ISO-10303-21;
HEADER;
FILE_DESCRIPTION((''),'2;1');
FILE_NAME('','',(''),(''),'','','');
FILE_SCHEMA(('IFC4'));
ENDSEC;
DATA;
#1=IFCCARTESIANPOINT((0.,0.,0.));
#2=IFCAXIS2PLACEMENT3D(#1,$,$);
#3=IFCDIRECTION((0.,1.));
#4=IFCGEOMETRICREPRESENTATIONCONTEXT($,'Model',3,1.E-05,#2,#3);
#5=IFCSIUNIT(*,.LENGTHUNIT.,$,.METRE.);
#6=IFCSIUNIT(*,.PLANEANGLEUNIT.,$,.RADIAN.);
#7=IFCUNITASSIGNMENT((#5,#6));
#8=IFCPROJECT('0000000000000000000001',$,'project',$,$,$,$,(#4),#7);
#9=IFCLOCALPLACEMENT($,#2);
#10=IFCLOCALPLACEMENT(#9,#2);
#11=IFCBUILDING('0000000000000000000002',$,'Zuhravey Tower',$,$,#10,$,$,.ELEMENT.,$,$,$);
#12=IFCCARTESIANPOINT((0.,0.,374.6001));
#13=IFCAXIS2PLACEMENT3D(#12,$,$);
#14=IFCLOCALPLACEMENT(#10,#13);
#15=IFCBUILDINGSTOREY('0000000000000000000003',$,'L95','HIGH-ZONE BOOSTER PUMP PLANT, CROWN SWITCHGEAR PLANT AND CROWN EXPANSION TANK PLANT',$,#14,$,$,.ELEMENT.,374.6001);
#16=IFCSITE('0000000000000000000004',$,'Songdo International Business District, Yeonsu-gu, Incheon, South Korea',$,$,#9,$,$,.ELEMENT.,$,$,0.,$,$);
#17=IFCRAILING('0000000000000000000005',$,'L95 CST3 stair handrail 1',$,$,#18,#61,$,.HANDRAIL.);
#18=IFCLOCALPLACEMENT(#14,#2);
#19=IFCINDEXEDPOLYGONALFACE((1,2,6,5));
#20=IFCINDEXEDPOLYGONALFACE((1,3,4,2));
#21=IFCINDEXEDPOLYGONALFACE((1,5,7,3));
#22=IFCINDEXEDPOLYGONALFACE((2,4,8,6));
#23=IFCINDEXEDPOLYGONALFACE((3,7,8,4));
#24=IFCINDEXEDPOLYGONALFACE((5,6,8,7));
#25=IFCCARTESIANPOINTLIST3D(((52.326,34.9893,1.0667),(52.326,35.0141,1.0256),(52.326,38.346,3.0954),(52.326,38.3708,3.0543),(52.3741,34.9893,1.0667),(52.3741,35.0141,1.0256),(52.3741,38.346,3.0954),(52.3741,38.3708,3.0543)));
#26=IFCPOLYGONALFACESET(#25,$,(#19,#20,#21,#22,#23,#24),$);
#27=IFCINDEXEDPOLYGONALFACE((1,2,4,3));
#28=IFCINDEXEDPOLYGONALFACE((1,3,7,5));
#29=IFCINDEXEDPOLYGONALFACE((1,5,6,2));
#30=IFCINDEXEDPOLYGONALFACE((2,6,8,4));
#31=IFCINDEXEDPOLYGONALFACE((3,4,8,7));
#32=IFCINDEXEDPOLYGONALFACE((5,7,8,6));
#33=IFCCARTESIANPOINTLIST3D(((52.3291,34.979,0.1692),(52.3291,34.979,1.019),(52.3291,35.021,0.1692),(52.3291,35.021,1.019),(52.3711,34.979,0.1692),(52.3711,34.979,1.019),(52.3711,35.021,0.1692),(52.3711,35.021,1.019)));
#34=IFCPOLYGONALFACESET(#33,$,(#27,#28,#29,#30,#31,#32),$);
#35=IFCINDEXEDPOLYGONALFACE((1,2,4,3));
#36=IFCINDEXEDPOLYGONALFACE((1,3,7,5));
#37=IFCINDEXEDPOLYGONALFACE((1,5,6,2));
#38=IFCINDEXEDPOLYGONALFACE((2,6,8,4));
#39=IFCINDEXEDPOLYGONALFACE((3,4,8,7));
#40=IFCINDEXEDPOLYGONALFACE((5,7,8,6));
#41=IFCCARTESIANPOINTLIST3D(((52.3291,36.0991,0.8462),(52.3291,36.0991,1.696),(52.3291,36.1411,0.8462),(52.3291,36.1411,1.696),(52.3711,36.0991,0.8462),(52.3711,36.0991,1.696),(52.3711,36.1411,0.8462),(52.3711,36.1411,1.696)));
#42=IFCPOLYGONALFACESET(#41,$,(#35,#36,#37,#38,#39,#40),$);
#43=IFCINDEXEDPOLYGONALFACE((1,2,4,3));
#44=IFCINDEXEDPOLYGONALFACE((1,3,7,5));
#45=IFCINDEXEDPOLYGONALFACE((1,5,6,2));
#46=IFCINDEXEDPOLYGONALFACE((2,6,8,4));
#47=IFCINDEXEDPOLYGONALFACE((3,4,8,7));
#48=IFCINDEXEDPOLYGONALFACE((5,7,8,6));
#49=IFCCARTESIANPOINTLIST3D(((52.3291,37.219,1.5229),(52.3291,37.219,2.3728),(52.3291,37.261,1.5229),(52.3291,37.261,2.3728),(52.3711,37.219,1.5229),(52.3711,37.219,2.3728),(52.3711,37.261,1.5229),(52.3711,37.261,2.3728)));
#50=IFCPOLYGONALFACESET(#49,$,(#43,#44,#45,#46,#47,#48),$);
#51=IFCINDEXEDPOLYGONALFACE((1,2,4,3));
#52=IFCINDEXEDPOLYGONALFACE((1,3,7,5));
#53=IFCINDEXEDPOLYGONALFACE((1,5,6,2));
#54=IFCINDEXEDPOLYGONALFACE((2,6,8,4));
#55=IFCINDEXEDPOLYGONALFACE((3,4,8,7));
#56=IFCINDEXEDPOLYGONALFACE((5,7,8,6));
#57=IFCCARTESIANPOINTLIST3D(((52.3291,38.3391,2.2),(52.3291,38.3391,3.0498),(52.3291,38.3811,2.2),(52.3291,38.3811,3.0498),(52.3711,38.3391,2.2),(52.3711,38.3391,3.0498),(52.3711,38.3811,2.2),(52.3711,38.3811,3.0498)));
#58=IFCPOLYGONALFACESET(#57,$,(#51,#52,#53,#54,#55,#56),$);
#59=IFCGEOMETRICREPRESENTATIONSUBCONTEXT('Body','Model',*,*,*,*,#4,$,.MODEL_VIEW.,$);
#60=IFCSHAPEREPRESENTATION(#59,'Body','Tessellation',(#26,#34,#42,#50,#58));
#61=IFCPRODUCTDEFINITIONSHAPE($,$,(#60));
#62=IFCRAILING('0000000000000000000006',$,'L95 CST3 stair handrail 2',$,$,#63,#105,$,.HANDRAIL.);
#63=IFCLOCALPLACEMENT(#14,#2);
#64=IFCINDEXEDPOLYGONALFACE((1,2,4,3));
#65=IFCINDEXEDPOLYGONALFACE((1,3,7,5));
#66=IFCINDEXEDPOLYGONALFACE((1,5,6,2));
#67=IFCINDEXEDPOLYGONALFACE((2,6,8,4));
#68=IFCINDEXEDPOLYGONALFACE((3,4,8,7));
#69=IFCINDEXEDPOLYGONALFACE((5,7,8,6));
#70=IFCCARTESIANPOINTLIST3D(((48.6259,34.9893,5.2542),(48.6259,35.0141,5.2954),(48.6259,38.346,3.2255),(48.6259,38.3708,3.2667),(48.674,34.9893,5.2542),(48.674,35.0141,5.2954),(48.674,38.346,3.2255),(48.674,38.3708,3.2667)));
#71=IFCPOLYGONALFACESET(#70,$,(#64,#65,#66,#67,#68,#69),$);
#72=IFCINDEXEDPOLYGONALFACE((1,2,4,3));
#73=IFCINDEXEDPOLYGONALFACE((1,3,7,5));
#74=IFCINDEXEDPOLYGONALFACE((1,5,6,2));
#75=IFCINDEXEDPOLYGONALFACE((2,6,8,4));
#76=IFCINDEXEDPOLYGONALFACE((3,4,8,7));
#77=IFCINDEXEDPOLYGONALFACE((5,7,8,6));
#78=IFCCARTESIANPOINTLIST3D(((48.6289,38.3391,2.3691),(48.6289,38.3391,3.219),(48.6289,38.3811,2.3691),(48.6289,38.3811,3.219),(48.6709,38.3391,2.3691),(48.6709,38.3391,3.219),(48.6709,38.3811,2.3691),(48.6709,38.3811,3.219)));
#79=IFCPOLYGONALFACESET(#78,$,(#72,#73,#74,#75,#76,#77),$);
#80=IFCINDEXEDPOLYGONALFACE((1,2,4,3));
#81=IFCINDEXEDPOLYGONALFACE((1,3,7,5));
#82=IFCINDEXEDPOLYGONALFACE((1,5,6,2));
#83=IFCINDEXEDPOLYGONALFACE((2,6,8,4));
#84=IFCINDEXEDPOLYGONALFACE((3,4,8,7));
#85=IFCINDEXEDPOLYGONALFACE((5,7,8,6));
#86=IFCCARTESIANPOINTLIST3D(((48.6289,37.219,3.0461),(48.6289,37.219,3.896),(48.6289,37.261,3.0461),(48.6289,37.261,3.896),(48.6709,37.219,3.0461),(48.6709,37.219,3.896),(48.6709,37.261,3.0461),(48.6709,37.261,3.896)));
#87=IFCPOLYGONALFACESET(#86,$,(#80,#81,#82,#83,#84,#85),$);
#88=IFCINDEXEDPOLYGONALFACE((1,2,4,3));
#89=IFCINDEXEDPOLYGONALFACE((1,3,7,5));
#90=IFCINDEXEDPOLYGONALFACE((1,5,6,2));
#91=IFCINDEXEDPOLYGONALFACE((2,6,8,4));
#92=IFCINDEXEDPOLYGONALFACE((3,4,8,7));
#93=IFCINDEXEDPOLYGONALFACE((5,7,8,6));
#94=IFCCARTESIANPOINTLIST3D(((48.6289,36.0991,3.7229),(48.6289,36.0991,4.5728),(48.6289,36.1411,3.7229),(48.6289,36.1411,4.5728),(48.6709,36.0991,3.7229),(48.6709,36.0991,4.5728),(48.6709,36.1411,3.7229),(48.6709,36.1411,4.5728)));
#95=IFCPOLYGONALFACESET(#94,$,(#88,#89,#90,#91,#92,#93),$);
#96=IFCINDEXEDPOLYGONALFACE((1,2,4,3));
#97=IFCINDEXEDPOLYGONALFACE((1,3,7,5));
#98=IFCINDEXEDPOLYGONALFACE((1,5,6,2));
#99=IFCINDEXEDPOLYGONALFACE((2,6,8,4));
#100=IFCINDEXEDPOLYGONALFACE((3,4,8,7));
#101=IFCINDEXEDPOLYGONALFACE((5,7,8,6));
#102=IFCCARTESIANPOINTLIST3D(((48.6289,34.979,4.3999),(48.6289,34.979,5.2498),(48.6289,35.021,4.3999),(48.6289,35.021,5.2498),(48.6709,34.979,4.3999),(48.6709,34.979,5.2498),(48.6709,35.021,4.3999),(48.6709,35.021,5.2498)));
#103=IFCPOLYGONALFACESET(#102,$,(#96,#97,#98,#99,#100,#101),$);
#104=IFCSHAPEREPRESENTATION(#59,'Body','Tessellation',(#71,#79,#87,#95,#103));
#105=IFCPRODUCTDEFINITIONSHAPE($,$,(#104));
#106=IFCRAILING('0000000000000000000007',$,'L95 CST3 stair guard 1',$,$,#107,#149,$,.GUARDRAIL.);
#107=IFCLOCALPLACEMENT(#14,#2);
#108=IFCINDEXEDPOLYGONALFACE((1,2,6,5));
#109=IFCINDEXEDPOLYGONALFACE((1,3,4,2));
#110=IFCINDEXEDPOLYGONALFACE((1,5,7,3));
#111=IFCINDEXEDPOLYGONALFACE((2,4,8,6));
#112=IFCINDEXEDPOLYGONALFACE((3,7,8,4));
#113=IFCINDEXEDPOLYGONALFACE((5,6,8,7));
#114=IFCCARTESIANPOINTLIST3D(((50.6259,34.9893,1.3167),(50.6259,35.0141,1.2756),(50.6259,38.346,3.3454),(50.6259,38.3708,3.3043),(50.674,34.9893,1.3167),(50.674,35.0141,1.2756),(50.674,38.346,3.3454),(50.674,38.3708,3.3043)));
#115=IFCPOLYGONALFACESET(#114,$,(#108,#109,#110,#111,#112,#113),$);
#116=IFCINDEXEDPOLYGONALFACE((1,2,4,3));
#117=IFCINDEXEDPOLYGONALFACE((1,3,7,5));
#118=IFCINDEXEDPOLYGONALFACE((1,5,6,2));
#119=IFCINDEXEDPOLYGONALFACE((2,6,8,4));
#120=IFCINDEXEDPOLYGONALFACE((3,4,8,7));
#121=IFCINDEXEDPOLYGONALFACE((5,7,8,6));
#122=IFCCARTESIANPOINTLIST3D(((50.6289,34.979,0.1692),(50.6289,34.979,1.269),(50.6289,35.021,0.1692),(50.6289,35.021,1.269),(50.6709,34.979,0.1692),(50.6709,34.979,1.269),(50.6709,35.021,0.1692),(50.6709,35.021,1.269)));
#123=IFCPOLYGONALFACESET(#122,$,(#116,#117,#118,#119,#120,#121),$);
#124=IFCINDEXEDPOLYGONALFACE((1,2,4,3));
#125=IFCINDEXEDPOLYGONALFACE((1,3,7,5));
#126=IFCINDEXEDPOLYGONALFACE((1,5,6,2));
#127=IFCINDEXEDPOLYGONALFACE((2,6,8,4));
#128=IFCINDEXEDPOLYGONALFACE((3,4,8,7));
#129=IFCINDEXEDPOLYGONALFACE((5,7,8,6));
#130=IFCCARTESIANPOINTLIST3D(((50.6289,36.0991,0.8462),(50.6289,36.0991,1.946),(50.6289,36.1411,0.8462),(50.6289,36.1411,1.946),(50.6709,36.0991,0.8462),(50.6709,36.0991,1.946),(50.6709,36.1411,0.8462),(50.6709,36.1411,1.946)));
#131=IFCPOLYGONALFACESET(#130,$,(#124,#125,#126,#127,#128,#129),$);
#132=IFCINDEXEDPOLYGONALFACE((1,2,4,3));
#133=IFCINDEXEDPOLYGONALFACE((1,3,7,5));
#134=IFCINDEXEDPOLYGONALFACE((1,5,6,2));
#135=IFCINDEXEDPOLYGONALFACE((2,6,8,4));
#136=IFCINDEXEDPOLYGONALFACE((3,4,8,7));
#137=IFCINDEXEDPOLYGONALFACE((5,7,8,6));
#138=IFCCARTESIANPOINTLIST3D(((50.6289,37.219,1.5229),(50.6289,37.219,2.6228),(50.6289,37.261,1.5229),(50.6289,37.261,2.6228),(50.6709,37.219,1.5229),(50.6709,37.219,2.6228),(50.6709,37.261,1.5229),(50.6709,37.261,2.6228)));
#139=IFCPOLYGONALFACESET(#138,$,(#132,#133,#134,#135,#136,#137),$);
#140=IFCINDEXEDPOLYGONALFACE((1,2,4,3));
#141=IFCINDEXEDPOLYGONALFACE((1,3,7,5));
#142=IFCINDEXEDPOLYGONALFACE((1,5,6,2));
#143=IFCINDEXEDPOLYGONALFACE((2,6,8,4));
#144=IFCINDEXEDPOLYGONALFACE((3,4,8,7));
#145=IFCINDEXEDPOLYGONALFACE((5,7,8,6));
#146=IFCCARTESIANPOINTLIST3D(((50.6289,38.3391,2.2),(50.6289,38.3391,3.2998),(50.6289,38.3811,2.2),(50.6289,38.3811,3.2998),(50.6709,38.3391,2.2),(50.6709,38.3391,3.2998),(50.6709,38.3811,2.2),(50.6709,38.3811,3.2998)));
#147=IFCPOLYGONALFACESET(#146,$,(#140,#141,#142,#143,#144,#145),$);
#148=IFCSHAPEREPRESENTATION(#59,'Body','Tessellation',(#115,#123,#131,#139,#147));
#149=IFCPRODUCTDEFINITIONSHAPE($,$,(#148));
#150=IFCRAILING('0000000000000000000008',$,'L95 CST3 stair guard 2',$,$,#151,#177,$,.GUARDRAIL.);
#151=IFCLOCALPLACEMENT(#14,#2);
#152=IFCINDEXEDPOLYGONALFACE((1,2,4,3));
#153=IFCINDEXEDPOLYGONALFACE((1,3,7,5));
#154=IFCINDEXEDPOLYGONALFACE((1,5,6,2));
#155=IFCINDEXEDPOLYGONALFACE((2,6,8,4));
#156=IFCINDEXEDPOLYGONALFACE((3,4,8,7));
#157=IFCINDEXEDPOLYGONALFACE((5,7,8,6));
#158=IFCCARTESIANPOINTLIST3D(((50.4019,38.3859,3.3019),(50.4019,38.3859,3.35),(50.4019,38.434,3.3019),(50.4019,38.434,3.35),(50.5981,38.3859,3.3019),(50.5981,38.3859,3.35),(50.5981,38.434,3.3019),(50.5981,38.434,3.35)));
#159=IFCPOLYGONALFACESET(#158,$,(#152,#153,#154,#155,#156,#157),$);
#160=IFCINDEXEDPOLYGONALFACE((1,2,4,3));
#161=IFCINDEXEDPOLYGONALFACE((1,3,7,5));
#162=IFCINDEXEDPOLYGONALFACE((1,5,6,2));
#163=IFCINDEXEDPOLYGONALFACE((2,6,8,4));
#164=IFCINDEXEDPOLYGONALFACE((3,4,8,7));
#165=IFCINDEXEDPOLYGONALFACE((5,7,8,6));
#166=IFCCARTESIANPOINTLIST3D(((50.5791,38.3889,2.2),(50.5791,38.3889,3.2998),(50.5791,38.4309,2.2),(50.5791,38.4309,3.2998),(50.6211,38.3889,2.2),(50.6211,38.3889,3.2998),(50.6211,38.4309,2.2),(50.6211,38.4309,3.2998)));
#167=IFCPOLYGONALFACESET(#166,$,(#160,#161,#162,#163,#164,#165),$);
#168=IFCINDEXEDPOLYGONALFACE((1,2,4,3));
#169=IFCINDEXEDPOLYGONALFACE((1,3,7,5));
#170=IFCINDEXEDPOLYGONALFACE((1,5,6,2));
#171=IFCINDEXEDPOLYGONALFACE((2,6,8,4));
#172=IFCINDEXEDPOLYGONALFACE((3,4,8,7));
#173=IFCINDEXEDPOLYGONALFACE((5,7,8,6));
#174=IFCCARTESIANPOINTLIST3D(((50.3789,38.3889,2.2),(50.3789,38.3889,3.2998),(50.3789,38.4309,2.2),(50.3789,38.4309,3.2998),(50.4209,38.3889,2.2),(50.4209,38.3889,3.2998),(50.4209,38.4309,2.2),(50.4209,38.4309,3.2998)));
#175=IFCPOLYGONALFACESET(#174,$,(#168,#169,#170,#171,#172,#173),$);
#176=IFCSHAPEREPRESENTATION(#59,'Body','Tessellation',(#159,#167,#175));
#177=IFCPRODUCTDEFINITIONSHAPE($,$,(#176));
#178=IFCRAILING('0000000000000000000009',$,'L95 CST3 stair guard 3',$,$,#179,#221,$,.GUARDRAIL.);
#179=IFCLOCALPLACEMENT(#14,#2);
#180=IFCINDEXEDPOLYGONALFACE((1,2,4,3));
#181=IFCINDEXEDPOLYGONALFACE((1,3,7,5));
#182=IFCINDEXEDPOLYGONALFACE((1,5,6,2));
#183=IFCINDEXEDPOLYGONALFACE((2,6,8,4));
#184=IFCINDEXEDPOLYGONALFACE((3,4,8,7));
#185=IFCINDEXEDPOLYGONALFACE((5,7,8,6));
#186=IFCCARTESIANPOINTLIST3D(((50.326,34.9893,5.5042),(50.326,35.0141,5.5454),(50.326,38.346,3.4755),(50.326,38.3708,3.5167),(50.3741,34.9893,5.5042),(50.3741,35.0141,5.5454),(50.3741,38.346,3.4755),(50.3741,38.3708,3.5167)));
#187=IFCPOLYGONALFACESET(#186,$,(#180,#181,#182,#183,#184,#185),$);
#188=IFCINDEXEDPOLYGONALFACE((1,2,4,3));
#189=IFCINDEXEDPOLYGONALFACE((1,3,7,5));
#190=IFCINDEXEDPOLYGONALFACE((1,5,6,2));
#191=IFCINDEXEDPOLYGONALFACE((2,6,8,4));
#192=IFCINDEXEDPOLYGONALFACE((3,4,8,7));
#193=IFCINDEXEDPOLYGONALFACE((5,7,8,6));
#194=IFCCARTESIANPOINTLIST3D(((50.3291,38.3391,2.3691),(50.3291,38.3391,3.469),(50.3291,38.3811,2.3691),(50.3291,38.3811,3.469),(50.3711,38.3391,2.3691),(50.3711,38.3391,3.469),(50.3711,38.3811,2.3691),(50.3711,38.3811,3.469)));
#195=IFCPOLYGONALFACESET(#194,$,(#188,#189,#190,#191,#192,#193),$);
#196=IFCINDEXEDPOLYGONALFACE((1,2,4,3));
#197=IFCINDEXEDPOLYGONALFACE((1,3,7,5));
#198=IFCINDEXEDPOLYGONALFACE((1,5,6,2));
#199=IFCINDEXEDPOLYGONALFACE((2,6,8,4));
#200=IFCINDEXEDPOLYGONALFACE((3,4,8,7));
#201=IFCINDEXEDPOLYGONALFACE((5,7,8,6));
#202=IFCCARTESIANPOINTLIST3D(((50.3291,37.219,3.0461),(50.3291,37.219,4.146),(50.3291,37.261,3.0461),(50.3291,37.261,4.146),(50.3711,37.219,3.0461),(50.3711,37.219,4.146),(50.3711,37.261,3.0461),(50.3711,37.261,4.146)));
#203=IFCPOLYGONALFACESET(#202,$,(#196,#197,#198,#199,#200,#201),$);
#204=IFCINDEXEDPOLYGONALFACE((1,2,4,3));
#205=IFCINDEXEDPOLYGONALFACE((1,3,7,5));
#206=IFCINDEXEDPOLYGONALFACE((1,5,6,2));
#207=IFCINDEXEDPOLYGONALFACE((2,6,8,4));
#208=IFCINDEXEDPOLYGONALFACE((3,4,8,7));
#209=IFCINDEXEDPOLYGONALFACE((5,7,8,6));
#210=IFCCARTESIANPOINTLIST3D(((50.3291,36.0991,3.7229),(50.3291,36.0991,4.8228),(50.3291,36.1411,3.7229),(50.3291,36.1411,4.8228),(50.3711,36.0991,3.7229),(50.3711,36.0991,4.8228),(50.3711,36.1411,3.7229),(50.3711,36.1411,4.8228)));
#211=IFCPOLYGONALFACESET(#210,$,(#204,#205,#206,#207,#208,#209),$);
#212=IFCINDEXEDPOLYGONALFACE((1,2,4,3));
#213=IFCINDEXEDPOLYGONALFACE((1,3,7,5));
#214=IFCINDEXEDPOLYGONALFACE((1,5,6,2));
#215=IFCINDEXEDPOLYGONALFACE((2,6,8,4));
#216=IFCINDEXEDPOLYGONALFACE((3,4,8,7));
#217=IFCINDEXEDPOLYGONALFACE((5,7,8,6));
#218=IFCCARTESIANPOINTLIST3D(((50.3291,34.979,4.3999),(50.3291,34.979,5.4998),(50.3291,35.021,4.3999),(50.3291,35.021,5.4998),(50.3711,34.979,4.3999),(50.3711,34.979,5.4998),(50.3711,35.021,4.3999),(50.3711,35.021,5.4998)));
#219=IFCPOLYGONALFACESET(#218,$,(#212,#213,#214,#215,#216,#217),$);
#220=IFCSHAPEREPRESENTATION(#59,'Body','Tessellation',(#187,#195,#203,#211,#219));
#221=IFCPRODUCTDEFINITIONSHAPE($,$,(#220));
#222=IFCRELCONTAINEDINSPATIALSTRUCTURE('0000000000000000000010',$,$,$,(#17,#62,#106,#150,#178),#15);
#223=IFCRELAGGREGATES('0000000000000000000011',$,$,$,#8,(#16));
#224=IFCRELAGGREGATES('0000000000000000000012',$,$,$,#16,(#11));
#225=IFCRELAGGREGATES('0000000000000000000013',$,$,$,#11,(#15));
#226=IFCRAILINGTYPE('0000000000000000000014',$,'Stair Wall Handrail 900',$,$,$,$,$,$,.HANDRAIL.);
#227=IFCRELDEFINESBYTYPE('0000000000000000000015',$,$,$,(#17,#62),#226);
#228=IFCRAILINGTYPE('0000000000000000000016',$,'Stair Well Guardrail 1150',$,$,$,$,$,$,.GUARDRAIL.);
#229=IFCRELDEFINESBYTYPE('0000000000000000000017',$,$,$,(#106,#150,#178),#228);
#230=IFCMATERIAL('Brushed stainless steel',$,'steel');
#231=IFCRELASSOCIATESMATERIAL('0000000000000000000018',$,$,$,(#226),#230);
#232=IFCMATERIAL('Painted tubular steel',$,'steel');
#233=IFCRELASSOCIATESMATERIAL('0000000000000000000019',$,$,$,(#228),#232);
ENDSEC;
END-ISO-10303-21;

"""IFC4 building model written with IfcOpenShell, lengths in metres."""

from ifc_helpers import new_model, si_unit, direction, frame, origin, origin_2d, place, context, subcontext, project, spatial, rectangle, extrude, material, type_object, element, save


model = new_model("IFC4")

# Units and contexts
model_context = context("Model", 3, precision=1e-05, world=origin(), true_north=direction((0.0, 1.0)))
body_context = subcontext(model_context, "Body", "Model", "MODEL_VIEW")
ifc_project = project(units=[si_unit("LENGTHUNIT", "METRE"), si_unit("PLANEANGLEUNIT", "RADIAN")], contexts=[model_context])

# Site, building, storey
site_placement = place(None, origin())
site = spatial("IfcSite", under=ifc_project, at=site_placement, Name="Songdo International Business District, Yeonsu-gu, Incheon, South Korea", CompositionType="ELEMENT", RefElevation=0.0)
building_placement = place(site_placement, origin())
building = spatial("IfcBuilding", under=site, at=building_placement, Name="Zuhravey Tower", CompositionType="ELEMENT")
storey_placement = place(building_placement, frame((0.0, 0.0, 374.6001)))
storey = spatial("IfcBuildingStorey", under=building, at=storey_placement, Name="L95", Description="HIGH-ZONE BOOSTER PUMP PLANT, CROWN SWITCHGEAR PLANT AND CROWN EXPANSION TANK PLANT", CompositionType="ELEMENT", Elevation=374.6001)

# Railings
ifc_material_1 = material(Name="Brushed stainless steel", Category="steel")
railing_type_1 = type_object("IfcRailingType", Name="Stair Wall Handrail 900", PredefinedType="HANDRAIL", material=ifc_material_1)
railing_1_placement = place(storey_placement, frame((52.3501, 35.0, 0.1692)))
element("IfcRailing", 1, at=railing_1_placement, inside=storey, type_object=railing_type_1, Name="L95 CST3 stair handrail 1", PredefinedType="HANDRAIL", context=body_context, shape_type="SweptSolid", body=[
    extrude(rectangle(XDim=0.0481, YDim=0.0481, at=origin_2d()), frame((0.0, 0.0017, 0.877), z_axis=(0.0, 0.855837, 0.517246), x_axis=(-1.0, 0.0, 0.0)), (0.0, 0.0, 1.0), 3.9221),
    extrude(rectangle(XDim=0.042, YDim=0.042, at=origin_2d()), origin(), (0.0, 0.0, 1.0), 0.8499),
    extrude(rectangle(XDim=0.042, YDim=0.042, at=origin_2d()), frame((0.0, 1.1201, 0.677)), (0.0, 0.0, 1.0), 0.8499),
    extrude(rectangle(XDim=0.042, YDim=0.042, at=origin_2d()), frame((0.0, 2.24, 1.3538)), (0.0, 0.0, 1.0), 0.8499),
    extrude(rectangle(XDim=0.042, YDim=0.042, at=origin_2d()), frame((0.0, 3.3601, 2.0308)), (0.0, 0.0, 1.0), 0.8499),
])
railing_2_placement = place(storey_placement, frame((48.6499, 38.3601, 2.3691)))
element("IfcRailing", 2, at=railing_2_placement, inside=storey, type_object=railing_type_1, Name="L95 CST3 stair handrail 2", PredefinedType="HANDRAIL", context=body_context, shape_type="SweptSolid", body=[
    extrude(rectangle(XDim=0.0481, YDim=0.0481, at=origin_2d()), frame((0.0, -0.0017, 0.877), z_axis=(0.0, -0.855837, 0.517246), x_axis=(1.0, 0.0, 0.0)), (0.0, 0.0, 1.0), 3.9221),
    extrude(rectangle(XDim=0.042, YDim=0.042, at=origin_2d()), origin(), (0.0, 0.0, 1.0), 0.8499),
    extrude(rectangle(XDim=0.042, YDim=0.042, at=origin_2d()), frame((0.0, -1.1201, 0.677)), (0.0, 0.0, 1.0), 0.8499),
    extrude(rectangle(XDim=0.042, YDim=0.042, at=origin_2d()), frame((0.0, -2.24, 1.3538)), (0.0, 0.0, 1.0), 0.8499),
    extrude(rectangle(XDim=0.042, YDim=0.042, at=origin_2d()), frame((0.0, -3.3601, 2.0308)), (0.0, 0.0, 1.0), 0.8499),
])
ifc_material_2 = material(Name="Painted tubular steel", Category="steel")
railing_type_2 = type_object("IfcRailingType", Name="Stair Well Guardrail 1150", PredefinedType="GUARDRAIL", material=ifc_material_2)
railing_3_placement = place(storey_placement, frame((50.6499, 35.0, 0.1692)))
element("IfcRailing", 3, at=railing_3_placement, inside=storey, type_object=railing_type_2, Name="L95 CST3 stair guard 1", PredefinedType="GUARDRAIL", context=body_context, shape_type="SweptSolid", body=[
    extrude(rectangle(XDim=0.0481, YDim=0.0481, at=origin_2d()), frame((0.0, 0.0017, 1.127), z_axis=(0.0, 0.855837, 0.517246), x_axis=(-1.0, 0.0, 0.0)), (0.0, 0.0, 1.0), 3.9221),
    extrude(rectangle(XDim=0.042, YDim=0.042, at=origin_2d()), origin(), (0.0, 0.0, 1.0), 1.0999),
    extrude(rectangle(XDim=0.042, YDim=0.042, at=origin_2d()), frame((0.0, 1.1201, 0.677)), (0.0, 0.0, 1.0), 1.0999),
    extrude(rectangle(XDim=0.042, YDim=0.042, at=origin_2d()), frame((0.0, 2.24, 1.3538)), (0.0, 0.0, 1.0), 1.0999),
    extrude(rectangle(XDim=0.042, YDim=0.042, at=origin_2d()), frame((0.0, 3.3601, 2.0308)), (0.0, 0.0, 1.0), 1.0999),
])
railing_4_placement = place(storey_placement, frame((50.6001, 38.4099, 2.2)))
element("IfcRailing", 4, at=railing_4_placement, inside=storey, type_object=railing_type_2, Name="L95 CST3 stair guard 2", PredefinedType="GUARDRAIL", context=body_context, shape_type="SweptSolid", body=[
    extrude(rectangle(XDim=0.0481, YDim=0.0481, at=origin_2d()), frame((-0.002, 0.0, 1.126), z_axis=(-1.0, 0.0, 0.0), x_axis=(0.0, -1.0, 0.0)), (0.0, 0.0, 1.0), 0.1963),
    extrude(rectangle(XDim=0.042, YDim=0.042, at=origin_2d()), origin(), (0.0, 0.0, 1.0), 1.0999),
    extrude(rectangle(XDim=0.042, YDim=0.042, at=origin_2d()), frame((-0.2002, 0.0, 0.0)), (0.0, 0.0, 1.0), 1.0999),
])
railing_5_placement = place(storey_placement, frame((50.3501, 38.3601, 2.3691)))
element("IfcRailing", 5, at=railing_5_placement, inside=storey, type_object=railing_type_2, Name="L95 CST3 stair guard 3", PredefinedType="GUARDRAIL", context=body_context, shape_type="SweptSolid", body=[
    extrude(rectangle(XDim=0.0481, YDim=0.0481, at=origin_2d()), frame((0.0, -0.0017, 1.127), z_axis=(0.0, -0.855837, 0.517246), x_axis=(1.0, 0.0, 0.0)), (0.0, 0.0, 1.0), 3.9221),
    extrude(rectangle(XDim=0.042, YDim=0.042, at=origin_2d()), origin(), (0.0, 0.0, 1.0), 1.0999),
    extrude(rectangle(XDim=0.042, YDim=0.042, at=origin_2d()), frame((0.0, -1.1201, 0.677)), (0.0, 0.0, 1.0), 1.0999),
    extrude(rectangle(XDim=0.042, YDim=0.042, at=origin_2d()), frame((0.0, -2.24, 1.3538)), (0.0, 0.0, 1.0), 1.0999),
    extrude(rectangle(XDim=0.042, YDim=0.042, at=origin_2d()), frame((0.0, -3.3601, 2.0308)), (0.0, 0.0, 1.0), 1.0999),
])

save(model, "model.ifc")
